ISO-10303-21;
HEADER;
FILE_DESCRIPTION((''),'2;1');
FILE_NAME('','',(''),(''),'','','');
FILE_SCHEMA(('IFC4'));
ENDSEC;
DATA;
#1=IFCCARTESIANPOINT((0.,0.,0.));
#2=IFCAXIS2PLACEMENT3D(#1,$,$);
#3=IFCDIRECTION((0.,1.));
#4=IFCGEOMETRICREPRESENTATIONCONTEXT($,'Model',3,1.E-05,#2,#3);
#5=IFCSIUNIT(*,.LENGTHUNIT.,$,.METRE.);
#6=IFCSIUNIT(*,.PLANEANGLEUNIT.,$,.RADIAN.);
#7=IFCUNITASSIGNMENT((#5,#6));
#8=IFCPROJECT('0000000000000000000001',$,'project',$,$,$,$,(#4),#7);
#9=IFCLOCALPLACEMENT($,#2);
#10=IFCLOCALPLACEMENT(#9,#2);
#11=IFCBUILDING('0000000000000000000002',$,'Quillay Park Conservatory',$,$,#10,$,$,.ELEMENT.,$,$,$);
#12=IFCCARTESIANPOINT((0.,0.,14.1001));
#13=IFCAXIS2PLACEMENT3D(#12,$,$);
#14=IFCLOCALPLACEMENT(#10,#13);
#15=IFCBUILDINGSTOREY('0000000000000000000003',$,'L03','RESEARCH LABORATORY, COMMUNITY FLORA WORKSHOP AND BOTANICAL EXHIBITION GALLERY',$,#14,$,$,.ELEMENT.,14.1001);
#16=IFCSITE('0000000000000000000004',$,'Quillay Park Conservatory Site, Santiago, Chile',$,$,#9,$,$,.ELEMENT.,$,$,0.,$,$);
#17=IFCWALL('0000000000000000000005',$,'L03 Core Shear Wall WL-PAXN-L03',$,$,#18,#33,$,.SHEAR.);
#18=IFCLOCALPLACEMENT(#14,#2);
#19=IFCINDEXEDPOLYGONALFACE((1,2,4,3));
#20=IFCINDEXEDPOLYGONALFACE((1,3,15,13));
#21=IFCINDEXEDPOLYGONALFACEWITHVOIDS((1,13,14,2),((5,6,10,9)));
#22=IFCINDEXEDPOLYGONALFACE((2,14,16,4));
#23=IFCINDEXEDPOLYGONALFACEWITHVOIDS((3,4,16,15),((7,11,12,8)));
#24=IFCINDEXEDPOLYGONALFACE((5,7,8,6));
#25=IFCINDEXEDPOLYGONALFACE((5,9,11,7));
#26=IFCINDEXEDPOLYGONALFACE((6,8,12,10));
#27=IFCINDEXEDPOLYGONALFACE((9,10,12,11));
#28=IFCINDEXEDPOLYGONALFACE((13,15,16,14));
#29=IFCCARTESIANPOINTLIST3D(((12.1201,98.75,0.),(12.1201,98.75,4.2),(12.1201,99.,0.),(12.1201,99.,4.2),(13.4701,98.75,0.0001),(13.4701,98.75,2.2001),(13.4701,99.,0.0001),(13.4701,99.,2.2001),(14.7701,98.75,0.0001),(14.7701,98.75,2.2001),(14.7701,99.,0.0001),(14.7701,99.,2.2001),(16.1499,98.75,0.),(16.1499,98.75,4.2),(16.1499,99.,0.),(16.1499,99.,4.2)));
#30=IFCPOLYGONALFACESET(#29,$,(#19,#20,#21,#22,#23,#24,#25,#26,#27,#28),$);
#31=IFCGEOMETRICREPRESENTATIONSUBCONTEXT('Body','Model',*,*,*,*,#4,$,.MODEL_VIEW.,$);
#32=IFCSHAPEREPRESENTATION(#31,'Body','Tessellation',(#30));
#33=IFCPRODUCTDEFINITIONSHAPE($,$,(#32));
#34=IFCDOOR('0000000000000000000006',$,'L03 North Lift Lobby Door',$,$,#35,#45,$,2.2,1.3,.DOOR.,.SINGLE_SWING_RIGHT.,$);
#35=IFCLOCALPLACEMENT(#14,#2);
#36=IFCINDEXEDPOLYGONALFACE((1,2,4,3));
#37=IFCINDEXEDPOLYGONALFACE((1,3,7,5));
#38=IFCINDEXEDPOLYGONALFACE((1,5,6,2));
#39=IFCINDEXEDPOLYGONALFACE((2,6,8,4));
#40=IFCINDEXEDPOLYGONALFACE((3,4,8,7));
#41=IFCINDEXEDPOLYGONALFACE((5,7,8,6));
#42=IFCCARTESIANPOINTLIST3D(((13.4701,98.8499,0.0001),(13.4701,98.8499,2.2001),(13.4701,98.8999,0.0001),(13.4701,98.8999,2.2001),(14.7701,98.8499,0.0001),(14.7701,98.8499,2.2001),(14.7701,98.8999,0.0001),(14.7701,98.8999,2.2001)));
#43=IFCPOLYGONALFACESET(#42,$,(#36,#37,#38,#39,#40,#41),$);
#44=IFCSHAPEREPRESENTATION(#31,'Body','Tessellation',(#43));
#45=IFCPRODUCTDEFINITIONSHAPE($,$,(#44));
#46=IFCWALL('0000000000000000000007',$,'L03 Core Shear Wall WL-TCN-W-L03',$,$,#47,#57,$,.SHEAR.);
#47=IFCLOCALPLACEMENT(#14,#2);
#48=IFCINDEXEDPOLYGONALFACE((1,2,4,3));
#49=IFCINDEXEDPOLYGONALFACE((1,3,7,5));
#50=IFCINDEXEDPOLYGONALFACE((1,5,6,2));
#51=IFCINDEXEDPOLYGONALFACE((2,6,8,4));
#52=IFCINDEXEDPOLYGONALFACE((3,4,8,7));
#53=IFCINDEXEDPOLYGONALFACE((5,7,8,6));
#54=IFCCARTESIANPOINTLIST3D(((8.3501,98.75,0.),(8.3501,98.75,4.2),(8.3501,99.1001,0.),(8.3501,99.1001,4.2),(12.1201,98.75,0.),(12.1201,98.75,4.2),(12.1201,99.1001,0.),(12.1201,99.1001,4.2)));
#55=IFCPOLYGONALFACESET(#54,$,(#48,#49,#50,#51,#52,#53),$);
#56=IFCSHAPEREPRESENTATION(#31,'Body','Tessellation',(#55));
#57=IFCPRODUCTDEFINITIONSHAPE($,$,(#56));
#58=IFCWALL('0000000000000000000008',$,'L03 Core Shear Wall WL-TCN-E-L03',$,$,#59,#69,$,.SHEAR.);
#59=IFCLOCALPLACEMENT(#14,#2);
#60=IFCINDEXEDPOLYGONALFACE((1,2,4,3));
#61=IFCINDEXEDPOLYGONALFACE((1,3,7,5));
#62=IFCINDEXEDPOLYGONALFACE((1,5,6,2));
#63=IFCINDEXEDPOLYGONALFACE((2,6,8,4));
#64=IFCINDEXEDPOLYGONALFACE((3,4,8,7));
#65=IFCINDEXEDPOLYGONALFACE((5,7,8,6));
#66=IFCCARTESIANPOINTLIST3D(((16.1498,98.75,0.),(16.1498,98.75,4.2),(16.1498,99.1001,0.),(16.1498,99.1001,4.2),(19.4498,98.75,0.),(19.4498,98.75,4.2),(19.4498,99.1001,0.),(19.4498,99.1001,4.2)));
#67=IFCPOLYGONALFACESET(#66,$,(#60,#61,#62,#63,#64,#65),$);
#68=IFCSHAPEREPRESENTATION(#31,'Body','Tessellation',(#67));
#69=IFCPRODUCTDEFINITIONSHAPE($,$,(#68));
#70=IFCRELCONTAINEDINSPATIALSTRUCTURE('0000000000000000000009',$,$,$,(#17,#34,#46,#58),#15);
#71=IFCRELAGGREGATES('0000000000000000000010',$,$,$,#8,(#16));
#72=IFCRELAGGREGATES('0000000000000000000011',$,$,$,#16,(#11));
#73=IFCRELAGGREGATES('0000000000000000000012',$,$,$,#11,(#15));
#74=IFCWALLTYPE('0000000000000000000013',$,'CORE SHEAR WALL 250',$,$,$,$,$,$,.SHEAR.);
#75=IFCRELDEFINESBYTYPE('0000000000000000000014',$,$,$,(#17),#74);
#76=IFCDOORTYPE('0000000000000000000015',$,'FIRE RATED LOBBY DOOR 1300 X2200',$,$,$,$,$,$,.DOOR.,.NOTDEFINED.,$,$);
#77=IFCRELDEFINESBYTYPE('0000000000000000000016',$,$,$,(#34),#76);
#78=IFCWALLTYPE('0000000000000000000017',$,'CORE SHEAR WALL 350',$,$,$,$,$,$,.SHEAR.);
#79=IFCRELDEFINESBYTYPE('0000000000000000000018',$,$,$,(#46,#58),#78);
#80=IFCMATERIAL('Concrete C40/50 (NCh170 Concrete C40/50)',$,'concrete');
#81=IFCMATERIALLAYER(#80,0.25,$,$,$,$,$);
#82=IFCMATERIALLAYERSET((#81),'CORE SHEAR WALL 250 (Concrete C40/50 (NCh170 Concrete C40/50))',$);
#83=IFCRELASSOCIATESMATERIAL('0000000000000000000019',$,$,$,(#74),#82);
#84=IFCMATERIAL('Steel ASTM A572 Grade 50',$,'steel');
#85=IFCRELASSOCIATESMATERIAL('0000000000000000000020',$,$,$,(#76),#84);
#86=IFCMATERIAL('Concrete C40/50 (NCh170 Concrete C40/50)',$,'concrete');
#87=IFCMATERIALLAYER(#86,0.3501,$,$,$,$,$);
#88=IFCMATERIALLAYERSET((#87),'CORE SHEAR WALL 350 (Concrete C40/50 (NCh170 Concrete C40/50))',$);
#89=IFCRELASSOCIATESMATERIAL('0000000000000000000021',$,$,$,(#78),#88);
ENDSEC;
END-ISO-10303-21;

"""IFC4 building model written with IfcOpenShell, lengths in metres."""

from ifc_helpers import new_model, si_unit, direction, frame, frame_2d, origin, place, context, subcontext, project, spatial, rectangle, extrude, material, layer, layer_set, type_object, element, fill, save


model = new_model("IFC4")

# Units and contexts
model_context = context("Model", 3, precision=1e-05, world=origin(), true_north=direction((0.0, 1.0)))
body_context = subcontext(model_context, "Body", "Model", "MODEL_VIEW")
ifc_project = project(units=[si_unit("LENGTHUNIT", "METRE"), si_unit("PLANEANGLEUNIT", "RADIAN")], contexts=[model_context])

# Site, building, storey
site_placement = place(None, origin())
site = spatial("IfcSite", under=ifc_project, at=site_placement, Name="Quillay Park Conservatory Site, Santiago, Chile", CompositionType="ELEMENT", RefElevation=0.0)
building_placement = place(site_placement, origin())
building = spatial("IfcBuilding", under=site, at=building_placement, Name="Quillay Park Conservatory", CompositionType="ELEMENT")
storey_placement = place(building_placement, frame((0.0, 0.0, 14.1001)))
storey = spatial("IfcBuildingStorey", under=building, at=storey_placement, Name="L03", Description="RESEARCH LABORATORY, COMMUNITY FLORA WORKSHOP AND BOTANICAL EXHIBITION GALLERY", CompositionType="ELEMENT", Elevation=14.1001)

# Wall, opening, door
ifc_material_1 = material(Name="Concrete C40/50 (NCh170 Concrete C40/50)", Category="concrete")
ifc_layer_1 = layer(ifc_material_1, 0.25)
ifc_layer_set_1 = layer_set([ifc_layer_1], Name="CORE SHEAR WALL 250 (Concrete C40/50 (NCh170 Concrete C40/50))")
wall_type_1 = type_object("IfcWallType", Name="CORE SHEAR WALL 250", PredefinedType="SHEAR", material=ifc_layer_set_1)
wall_1_placement = place(storey_placement, frame((12.1201, 98.875, 0.0), z_axis=(0.0, 0.0, 1.0), x_axis=(1.0, 0.0, 0.0)))
wall_1 = element("IfcWall", 1, at=wall_1_placement, inside=storey, type_object=wall_type_1, Name="L03 Core Shear Wall WL-PAXN-L03", PredefinedType="SHEAR", context=body_context, shape_type="SweptSolid", body=[
    extrude(rectangle(XDim=4.0298, YDim=0.25, at=frame_2d((2.0149, 0.0))), origin(), (0.0, 0.0, 1.0), 4.2),
])
opening_1_placement = place(wall_1_placement, frame((1.3501, 0.0, 0.0)))
opening_1 = element("IfcOpeningElement", 2, at=opening_1_placement, cuts=wall_1, PredefinedType="OPENING", context=body_context, shape_type="SweptSolid", body=[
    extrude(rectangle(XDim=1.3, YDim=2.2, at=frame_2d((0.6499, 1.1001))), frame((0.0, 0.125, 0.0), z_axis=(0.0, -1.0, 0.0), x_axis=(1.0, 0.0, 0.0)), (0.0, 0.0, 1.0), 0.25),
])
ifc_material_2 = material(Name="Steel ASTM A572 Grade 50", Category="steel")
door_type_1 = type_object("IfcDoorType", Name="FIRE RATED LOBBY DOOR 1300 X2200", OperationType="NOTDEFINED", PredefinedType="DOOR", material=ifc_material_2)
door_1_placement = place(opening_1_placement, origin())
door_1 = element("IfcDoor", 3, at=door_1_placement, inside=storey, type_object=door_type_1, Name="L03 North Lift Lobby Door", OperationType="SINGLE_SWING_RIGHT", OverallHeight=2.2, OverallWidth=1.3, PredefinedType="DOOR", context=body_context, shape_type="SweptSolid", body=[
    extrude(rectangle(XDim=1.3, YDim=2.2, at=frame_2d((0.6499, 1.1001))), frame((0.0, 0.0249, 0.0), z_axis=(0.0, -1.0, 0.0), x_axis=(1.0, 0.0, 0.0)), (0.0, 0.0, 1.0), 0.05),
])
fill(opening_1, door_1)

# Walls
ifc_material_3 = material(Name="Concrete C40/50 (NCh170 Concrete C40/50)", Category="concrete")
ifc_layer_2 = layer(ifc_material_3, 0.3501)
ifc_layer_set_2 = layer_set([ifc_layer_2], Name="CORE SHEAR WALL 350 (Concrete C40/50 (NCh170 Concrete C40/50))")
wall_type_2 = type_object("IfcWallType", Name="CORE SHEAR WALL 350", PredefinedType="SHEAR", material=ifc_layer_set_2)
wall_2_placement = place(storey_placement, frame((8.3501, 98.925, 0.0), z_axis=(0.0, 0.0, 1.0), x_axis=(1.0, 0.0, 0.0)))
element("IfcWall", 4, at=wall_2_placement, inside=storey, type_object=wall_type_2, Name="L03 Core Shear Wall WL-TCN-W-L03", PredefinedType="SHEAR", context=body_context, shape_type="SweptSolid", body=[
    extrude(rectangle(XDim=3.77, YDim=0.3501, at=frame_2d((1.885, 0.0))), origin(), (0.0, 0.0, 1.0), 4.2),
])
wall_3_placement = place(storey_placement, frame((16.1499, 98.925, 0.0), z_axis=(0.0, 0.0, 1.0), x_axis=(1.0, 0.0, 0.0)))
element("IfcWall", 5, at=wall_3_placement, inside=storey, type_object=wall_type_2, Name="L03 Core Shear Wall WL-TCN-E-L03", PredefinedType="SHEAR", context=body_context, shape_type="SweptSolid", body=[
    extrude(rectangle(XDim=3.3, YDim=0.3501, at=frame_2d((1.6499, 0.0))), origin(), (0.0, 0.0, 1.0), 4.2),
])

save(model, "model.ifc")
